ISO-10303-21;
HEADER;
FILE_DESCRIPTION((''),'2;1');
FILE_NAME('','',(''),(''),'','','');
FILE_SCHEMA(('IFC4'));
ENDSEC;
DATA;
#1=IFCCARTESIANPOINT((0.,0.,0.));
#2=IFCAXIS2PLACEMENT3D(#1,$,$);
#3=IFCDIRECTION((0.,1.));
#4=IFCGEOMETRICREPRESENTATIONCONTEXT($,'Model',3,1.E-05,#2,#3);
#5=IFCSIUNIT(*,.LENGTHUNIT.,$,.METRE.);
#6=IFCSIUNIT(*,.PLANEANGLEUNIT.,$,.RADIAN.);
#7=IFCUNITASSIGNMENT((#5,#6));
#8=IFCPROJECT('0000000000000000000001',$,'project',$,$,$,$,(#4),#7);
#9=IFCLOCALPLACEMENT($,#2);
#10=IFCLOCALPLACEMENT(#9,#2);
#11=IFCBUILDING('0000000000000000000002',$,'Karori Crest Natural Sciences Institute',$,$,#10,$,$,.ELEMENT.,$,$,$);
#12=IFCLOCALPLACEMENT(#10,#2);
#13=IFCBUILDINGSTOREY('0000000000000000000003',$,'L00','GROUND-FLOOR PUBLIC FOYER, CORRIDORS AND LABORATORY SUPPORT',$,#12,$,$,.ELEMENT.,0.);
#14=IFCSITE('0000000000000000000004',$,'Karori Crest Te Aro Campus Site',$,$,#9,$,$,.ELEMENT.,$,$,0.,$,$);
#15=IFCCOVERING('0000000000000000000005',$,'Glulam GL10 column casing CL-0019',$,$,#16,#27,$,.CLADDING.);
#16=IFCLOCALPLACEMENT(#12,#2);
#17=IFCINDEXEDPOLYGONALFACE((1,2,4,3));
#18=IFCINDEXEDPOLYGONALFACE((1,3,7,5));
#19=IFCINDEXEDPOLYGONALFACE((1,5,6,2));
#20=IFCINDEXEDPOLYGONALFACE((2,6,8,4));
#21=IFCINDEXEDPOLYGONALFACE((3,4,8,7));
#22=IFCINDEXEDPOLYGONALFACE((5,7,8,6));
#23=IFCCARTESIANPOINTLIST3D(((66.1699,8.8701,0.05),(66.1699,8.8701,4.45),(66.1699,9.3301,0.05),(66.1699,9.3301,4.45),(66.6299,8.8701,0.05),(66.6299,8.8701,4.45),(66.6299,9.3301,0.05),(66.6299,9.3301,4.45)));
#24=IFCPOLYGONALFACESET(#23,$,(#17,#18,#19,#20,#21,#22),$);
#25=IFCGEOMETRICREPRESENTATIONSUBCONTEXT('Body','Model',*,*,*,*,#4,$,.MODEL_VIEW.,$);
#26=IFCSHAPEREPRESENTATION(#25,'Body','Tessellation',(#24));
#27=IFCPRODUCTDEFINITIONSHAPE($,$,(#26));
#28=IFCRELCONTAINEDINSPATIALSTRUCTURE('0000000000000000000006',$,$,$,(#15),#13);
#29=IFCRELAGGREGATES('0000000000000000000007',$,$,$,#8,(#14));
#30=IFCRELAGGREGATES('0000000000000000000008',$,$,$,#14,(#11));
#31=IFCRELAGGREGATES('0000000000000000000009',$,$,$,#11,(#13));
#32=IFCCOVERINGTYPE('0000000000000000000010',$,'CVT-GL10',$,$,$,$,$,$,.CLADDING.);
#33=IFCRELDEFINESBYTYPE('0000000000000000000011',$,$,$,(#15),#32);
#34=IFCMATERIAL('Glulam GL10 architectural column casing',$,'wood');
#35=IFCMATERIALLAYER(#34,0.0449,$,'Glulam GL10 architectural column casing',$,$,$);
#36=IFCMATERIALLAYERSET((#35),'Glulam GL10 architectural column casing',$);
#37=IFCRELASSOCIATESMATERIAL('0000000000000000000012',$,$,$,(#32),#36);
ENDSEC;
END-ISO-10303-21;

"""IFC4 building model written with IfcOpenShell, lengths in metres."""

from ifc_helpers import new_model, si_unit, direction, frame, origin, origin_2d, place, context, subcontext, project, spatial, rectangle, extrude, material, layer, layer_set, type_object, element, save


model = new_model("IFC4")

# Units and contexts
model_context = context("Model", 3, precision=1e-05, world=origin(), true_north=direction((0.0, 1.0)))
body_context = subcontext(model_context, "Body", "Model", "MODEL_VIEW")
ifc_project = project(units=[si_unit("LENGTHUNIT", "METRE"), si_unit("PLANEANGLEUNIT", "RADIAN")], contexts=[model_context])

# Site, building, storey
site_placement = place(None, origin())
site = spatial("IfcSite", under=ifc_project, at=site_placement, Name="Karori Crest Te Aro Campus Site", CompositionType="ELEMENT", RefElevation=0.0)
building_placement = place(site_placement, origin())
building = spatial("IfcBuilding", under=site, at=building_placement, Name="Karori Crest Natural Sciences Institute", CompositionType="ELEMENT")
storey_placement = place(building_placement, origin())
storey = spatial("IfcBuildingStorey", under=building, at=storey_placement, Name="L00", Description="GROUND-FLOOR PUBLIC FOYER, CORRIDORS AND LABORATORY SUPPORT", CompositionType="ELEMENT", Elevation=0.0)

# Covering
ifc_material_1 = material(Name="Glulam GL10 architectural column casing", Category="wood")
ifc_layer_1 = layer(ifc_material_1, 0.0449, Name="Glulam GL10 architectural column casing")
ifc_layer_set_1 = layer_set([ifc_layer_1], Name="Glulam GL10 architectural column casing")
covering_type = type_object("IfcCoveringType", Name="CVT-GL10", PredefinedType="CLADDING", material=ifc_layer_set_1)
covering_placement = place(storey_placement, frame((66.3999, 9.1001, 0.05), z_axis=(0.0, 0.0, 1.0), x_axis=(0.0, -1.0, 0.0)))
element("IfcCovering", 1, at=covering_placement, inside=storey, type_object=covering_type, Name="Glulam GL10 column casing CL-0019", PredefinedType="CLADDING", context=body_context, shape_type="SweptSolid", body=[
    extrude(rectangle(XDim=0.46, YDim=0.46, at=origin_2d()), origin(), (0.0, 0.0, 1.0), 4.3999),
])

save(model, "model.ifc")
